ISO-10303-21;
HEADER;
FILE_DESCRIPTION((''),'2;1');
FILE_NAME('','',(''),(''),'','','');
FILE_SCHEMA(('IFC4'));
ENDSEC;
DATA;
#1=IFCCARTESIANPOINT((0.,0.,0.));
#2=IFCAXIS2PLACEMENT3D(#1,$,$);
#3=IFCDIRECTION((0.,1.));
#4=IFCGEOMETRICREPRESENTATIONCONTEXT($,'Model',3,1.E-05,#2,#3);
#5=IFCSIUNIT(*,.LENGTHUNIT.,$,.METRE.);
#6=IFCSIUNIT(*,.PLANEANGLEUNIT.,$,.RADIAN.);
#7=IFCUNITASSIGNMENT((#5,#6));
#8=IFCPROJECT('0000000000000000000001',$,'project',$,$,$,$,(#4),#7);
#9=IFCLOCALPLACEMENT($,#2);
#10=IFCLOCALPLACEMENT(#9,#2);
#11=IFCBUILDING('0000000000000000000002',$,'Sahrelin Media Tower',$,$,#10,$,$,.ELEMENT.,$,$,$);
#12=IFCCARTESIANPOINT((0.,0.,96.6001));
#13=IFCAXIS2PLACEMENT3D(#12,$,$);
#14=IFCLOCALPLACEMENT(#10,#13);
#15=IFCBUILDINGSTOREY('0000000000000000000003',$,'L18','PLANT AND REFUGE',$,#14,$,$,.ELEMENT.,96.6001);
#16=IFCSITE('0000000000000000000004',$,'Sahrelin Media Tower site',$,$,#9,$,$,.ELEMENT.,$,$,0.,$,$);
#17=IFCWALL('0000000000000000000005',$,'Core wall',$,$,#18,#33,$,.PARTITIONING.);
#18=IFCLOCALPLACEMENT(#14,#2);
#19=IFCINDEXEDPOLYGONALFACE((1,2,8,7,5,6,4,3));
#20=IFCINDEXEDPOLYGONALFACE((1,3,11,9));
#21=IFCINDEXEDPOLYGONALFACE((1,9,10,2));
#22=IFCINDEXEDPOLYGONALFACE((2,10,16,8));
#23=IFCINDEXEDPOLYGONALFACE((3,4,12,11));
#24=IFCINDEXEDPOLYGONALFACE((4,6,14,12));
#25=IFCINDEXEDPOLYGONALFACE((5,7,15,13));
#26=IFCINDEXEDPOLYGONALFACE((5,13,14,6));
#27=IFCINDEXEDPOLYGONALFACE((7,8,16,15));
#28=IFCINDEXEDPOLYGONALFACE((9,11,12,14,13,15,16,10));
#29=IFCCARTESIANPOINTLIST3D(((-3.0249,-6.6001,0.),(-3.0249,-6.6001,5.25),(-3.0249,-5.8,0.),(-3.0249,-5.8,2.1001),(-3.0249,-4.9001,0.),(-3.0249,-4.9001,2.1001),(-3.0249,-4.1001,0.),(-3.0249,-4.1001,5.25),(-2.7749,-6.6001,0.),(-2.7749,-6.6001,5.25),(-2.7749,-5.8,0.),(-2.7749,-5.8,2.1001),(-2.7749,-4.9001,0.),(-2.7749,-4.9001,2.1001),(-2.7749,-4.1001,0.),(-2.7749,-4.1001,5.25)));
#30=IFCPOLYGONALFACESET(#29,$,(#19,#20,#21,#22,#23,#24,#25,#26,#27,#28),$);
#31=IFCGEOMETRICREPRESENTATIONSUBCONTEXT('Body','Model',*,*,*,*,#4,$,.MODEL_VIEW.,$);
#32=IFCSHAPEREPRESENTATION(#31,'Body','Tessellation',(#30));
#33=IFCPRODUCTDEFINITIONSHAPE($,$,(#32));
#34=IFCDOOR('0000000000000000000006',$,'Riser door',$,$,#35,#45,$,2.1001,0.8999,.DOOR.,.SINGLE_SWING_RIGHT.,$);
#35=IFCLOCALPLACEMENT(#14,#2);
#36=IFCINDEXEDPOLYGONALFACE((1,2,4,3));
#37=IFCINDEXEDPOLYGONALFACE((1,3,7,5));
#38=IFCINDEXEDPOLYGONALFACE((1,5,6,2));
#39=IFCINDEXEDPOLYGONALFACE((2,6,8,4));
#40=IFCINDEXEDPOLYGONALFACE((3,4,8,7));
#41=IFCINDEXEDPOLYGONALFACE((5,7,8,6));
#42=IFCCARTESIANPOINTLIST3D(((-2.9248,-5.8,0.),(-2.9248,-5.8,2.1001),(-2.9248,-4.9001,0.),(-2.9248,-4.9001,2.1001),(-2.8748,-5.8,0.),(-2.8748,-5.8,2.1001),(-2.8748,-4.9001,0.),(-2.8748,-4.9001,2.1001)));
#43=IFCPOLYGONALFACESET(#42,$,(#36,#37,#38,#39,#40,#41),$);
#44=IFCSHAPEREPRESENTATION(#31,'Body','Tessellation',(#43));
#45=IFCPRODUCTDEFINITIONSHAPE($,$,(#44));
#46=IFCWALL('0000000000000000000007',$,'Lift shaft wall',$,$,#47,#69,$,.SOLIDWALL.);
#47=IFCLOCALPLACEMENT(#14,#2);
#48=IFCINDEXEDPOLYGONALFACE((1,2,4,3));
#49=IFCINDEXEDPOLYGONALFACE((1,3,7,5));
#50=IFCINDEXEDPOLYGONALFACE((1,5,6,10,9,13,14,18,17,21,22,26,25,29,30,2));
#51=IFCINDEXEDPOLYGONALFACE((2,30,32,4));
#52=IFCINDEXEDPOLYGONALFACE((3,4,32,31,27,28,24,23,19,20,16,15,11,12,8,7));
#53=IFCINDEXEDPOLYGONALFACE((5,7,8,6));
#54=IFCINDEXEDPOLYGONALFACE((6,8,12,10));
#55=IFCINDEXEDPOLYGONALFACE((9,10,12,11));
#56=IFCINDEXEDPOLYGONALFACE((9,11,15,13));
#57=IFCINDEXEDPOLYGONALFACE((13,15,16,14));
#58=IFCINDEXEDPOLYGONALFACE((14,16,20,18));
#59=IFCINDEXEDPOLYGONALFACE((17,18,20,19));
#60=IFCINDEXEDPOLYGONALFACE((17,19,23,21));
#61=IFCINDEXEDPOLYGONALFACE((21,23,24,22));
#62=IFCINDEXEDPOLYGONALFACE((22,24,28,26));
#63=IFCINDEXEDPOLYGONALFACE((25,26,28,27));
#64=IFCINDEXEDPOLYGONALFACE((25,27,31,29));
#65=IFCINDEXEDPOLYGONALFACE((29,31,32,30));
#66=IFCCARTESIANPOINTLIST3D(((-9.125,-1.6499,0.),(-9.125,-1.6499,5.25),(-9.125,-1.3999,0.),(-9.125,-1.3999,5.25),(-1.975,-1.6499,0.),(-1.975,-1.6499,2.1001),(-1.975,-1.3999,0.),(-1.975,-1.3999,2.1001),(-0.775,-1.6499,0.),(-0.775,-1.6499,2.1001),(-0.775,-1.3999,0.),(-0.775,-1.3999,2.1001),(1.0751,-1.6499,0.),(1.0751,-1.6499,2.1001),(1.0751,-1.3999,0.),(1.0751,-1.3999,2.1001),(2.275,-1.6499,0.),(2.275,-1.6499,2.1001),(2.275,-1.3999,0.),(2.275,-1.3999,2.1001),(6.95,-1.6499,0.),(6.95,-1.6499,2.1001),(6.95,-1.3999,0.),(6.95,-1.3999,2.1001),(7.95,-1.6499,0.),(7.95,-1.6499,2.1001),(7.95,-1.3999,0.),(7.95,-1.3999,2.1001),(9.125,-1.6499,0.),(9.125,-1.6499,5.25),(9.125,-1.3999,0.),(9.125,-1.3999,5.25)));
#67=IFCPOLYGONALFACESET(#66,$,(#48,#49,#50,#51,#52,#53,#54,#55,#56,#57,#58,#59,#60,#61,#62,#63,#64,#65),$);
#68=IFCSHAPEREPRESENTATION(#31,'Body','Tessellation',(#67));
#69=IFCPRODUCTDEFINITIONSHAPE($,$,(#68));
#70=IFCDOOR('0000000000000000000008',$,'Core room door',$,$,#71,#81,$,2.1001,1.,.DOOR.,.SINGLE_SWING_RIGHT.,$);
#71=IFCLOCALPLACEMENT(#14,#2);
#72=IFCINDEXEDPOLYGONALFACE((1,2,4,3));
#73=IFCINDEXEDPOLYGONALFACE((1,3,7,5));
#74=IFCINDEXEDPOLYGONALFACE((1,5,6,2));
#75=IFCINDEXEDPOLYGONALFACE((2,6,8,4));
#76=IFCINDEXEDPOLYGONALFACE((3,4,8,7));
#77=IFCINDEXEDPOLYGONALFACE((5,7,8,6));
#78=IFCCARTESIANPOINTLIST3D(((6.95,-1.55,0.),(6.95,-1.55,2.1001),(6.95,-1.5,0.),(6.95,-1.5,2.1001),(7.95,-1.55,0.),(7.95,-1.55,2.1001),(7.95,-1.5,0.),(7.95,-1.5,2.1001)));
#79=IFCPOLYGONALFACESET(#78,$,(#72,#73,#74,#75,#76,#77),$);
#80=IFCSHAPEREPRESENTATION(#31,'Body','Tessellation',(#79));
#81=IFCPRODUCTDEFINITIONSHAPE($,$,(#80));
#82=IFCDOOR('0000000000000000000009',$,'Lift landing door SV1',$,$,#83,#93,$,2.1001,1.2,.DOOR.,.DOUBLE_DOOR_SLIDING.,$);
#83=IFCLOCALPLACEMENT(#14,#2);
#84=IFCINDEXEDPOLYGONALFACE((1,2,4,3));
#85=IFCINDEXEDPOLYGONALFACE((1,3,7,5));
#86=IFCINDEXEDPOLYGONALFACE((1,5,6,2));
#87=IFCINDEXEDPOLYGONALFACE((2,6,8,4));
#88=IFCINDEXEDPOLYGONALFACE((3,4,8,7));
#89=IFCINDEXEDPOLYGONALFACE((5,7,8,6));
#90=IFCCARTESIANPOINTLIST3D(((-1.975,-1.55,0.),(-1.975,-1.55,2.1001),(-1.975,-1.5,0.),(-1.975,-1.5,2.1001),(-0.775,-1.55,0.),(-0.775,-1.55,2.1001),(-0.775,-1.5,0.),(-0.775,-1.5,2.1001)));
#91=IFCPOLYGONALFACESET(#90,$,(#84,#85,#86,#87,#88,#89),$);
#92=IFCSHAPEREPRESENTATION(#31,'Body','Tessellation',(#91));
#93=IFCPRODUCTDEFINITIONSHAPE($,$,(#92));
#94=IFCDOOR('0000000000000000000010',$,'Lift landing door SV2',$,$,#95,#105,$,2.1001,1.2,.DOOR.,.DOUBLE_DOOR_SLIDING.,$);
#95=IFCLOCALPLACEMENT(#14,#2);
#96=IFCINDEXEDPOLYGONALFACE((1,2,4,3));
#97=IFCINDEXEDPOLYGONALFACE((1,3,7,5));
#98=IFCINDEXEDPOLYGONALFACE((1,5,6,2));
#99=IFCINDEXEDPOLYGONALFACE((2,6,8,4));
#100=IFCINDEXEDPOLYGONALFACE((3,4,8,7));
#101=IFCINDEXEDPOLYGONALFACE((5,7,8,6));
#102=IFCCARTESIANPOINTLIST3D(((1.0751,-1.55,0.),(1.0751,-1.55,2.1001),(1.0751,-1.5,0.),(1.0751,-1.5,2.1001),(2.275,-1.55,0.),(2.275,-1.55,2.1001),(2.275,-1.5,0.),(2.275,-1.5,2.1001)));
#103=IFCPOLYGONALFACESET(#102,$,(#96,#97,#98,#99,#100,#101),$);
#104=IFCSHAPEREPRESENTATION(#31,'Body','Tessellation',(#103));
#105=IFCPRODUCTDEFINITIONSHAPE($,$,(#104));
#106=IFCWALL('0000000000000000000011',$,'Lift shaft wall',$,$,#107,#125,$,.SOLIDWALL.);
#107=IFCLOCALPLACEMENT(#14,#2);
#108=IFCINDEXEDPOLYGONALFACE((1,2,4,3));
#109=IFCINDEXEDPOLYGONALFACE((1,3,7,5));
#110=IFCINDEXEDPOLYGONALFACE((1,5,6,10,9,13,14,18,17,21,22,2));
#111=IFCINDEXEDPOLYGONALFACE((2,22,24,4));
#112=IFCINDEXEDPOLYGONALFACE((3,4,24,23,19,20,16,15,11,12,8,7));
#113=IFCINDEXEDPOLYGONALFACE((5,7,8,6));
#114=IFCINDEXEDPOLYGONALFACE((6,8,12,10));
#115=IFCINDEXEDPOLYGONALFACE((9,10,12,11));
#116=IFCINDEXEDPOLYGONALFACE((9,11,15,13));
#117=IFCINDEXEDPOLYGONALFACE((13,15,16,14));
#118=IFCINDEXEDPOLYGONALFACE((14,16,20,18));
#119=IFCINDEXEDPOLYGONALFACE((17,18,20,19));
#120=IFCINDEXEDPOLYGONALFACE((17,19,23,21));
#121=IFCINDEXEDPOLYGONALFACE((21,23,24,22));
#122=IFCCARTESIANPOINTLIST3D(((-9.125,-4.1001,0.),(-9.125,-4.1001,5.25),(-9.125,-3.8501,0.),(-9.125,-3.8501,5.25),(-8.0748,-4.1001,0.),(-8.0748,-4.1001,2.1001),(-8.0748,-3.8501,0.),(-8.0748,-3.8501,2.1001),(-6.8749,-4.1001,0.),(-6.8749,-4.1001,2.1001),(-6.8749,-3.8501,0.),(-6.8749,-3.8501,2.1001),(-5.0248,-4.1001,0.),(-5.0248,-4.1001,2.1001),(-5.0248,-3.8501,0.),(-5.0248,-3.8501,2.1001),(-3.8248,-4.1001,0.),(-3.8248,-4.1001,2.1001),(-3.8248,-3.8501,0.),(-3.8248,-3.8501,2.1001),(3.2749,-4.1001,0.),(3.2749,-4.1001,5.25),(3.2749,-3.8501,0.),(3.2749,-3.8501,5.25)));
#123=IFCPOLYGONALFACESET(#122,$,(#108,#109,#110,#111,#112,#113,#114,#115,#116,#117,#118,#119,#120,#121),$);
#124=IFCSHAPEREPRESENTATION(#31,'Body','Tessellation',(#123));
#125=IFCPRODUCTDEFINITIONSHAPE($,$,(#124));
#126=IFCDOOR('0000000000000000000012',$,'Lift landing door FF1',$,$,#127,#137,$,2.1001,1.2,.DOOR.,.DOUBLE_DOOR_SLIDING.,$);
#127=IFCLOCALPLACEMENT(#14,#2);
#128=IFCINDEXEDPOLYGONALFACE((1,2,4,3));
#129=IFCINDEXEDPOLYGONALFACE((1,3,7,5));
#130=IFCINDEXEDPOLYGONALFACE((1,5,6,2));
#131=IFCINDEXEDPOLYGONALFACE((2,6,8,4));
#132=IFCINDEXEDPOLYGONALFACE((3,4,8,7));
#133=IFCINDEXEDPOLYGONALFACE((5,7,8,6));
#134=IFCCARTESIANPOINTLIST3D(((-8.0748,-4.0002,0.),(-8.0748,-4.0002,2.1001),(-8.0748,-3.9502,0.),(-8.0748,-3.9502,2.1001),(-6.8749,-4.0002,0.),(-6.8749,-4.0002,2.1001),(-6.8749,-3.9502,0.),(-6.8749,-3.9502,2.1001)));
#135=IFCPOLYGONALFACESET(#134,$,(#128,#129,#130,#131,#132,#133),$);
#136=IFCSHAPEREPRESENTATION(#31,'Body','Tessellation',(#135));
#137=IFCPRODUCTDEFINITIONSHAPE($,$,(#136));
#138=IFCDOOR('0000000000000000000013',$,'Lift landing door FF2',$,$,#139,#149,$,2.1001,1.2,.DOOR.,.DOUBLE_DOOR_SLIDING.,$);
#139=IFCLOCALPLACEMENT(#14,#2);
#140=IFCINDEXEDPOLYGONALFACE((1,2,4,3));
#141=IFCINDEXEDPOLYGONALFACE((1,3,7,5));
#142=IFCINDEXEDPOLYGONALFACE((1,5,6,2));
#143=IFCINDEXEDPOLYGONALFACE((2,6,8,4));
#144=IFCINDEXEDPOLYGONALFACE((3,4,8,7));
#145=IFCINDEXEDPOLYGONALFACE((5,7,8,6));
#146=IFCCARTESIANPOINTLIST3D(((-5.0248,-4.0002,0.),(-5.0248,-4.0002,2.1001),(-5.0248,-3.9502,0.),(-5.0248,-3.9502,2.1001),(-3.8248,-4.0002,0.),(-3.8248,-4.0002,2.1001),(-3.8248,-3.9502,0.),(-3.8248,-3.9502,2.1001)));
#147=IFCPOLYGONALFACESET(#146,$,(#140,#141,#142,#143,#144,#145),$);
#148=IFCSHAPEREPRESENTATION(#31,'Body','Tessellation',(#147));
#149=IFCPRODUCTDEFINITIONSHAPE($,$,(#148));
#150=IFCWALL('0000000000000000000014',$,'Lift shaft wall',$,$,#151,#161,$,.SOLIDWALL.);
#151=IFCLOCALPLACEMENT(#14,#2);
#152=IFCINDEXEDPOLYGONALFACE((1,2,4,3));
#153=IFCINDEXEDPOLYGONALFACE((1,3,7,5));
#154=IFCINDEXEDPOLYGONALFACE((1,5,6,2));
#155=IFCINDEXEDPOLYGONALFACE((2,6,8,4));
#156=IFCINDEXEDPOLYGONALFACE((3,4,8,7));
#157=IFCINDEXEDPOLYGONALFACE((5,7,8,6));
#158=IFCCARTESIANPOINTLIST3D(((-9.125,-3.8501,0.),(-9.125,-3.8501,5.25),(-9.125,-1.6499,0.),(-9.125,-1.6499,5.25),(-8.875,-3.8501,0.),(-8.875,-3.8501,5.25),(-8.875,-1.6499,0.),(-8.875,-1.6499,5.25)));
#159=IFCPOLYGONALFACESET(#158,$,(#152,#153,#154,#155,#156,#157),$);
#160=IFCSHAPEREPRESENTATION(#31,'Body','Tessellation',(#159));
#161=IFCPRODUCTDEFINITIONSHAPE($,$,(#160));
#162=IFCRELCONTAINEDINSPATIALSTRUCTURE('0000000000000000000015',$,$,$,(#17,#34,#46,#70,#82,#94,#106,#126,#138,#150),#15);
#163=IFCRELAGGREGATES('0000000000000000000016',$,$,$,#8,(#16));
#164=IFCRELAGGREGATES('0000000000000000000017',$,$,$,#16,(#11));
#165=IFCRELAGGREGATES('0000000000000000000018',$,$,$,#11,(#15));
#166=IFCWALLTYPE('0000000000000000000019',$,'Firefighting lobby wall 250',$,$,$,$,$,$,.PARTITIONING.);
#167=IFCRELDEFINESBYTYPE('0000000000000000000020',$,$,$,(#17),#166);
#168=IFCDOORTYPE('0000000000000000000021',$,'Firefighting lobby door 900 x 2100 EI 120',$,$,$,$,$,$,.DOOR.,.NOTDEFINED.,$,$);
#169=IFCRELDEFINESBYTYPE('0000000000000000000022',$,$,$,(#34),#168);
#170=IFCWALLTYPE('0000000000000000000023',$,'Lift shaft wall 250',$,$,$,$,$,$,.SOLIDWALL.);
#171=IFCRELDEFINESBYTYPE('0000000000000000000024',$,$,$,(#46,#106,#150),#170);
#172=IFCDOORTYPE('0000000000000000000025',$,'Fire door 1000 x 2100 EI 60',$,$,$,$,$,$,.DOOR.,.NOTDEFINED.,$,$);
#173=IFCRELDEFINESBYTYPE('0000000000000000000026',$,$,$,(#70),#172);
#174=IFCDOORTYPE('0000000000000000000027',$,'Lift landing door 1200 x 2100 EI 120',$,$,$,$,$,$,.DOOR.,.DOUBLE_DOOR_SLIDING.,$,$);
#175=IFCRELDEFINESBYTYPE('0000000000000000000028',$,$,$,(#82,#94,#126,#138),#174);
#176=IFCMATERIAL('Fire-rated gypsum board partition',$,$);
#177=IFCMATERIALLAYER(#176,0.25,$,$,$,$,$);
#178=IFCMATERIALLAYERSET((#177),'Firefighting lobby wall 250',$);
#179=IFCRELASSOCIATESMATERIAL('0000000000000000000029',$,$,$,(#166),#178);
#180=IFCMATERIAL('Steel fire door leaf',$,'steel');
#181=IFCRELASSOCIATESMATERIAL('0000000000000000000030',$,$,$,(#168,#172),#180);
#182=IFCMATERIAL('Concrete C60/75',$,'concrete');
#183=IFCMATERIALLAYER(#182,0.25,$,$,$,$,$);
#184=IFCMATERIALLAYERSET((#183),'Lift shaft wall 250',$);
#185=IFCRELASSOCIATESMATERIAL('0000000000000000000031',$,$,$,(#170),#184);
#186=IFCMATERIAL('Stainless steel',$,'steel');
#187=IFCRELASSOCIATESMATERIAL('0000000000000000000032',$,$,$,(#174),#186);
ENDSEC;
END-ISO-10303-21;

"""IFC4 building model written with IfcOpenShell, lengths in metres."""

from ifc_helpers import new_model, si_unit, direction, frame, frame_2d, origin, place, context, subcontext, project, spatial, rectangle, extrude, material, layer, layer_set, type_object, element, fill, save


model = new_model("IFC4")

# Units and contexts
model_context = context("Model", 3, precision=1e-05, world=origin(), true_north=direction((0.0, 1.0)))
body_context = subcontext(model_context, "Body", "Model", "MODEL_VIEW")
ifc_project = project(units=[si_unit("LENGTHUNIT", "METRE"), si_unit("PLANEANGLEUNIT", "RADIAN")], contexts=[model_context])

# Site, building, storey
site_placement = place(None, origin())
site = spatial("IfcSite", under=ifc_project, at=site_placement, Name="Sahrelin Media Tower site", CompositionType="ELEMENT", RefElevation=0.0)
building_placement = place(site_placement, origin())
building = spatial("IfcBuilding", under=site, at=building_placement, Name="Sahrelin Media Tower", CompositionType="ELEMENT")
storey_placement = place(building_placement, frame((0.0, 0.0, 96.6001)))
storey = spatial("IfcBuildingStorey", under=building, at=storey_placement, Name="L18", Description="PLANT AND REFUGE", CompositionType="ELEMENT", Elevation=96.6001)

# Shared definitions
ifc_material_1 = material(Name="Concrete C60/75", Category="concrete")
ifc_material_2 = material(Name="Steel fire door leaf", Category="steel")

# Wall, opening, door
ifc_material_3 = material(Name="Fire-rated gypsum board partition")
ifc_layer_1 = layer(ifc_material_3, 0.25)
ifc_layer_set_1 = layer_set([ifc_layer_1], Name="Firefighting lobby wall 250")
wall_type_1 = type_object("IfcWallType", Name="Firefighting lobby wall 250", PredefinedType="PARTITIONING", material=ifc_layer_set_1)
wall_1_placement = place(storey_placement, frame((-2.8999, -6.6001, 0.0), z_axis=(0.0, 0.0, 1.0), x_axis=(0.0, 1.0, 0.0)))
wall_1 = element("IfcWall", 1, at=wall_1_placement, inside=storey, type_object=wall_type_1, Name="Core wall", PredefinedType="PARTITIONING", context=body_context, shape_type="SweptSolid", body=[
    extrude(rectangle(XDim=2.5, YDim=0.25, at=frame_2d((1.25, 0.0))), origin(), (0.0, 0.0, 1.0), 5.25),
])
opening_1_placement = place(wall_1_placement, frame((0.8, 0.0, 0.0)))
opening_1 = element("IfcOpeningElement", 2, at=opening_1_placement, cuts=wall_1, PredefinedType="OPENING", context=body_context, shape_type="SweptSolid", body=[
    extrude(rectangle(XDim=0.8999, YDim=2.1001, at=frame_2d((0.45, 1.05))), frame((0.0, 0.125, 0.0), z_axis=(0.0, -1.0, 0.0), x_axis=(1.0, 0.0, 0.0)), (0.0, 0.0, 1.0), 0.25),
])
door_type_1 = type_object("IfcDoorType", Name="Firefighting lobby door 900 x 2100 EI 120", OperationType="NOTDEFINED", PredefinedType="DOOR", material=ifc_material_2)
door_1_placement = place(opening_1_placement, origin())
door_1 = element("IfcDoor", 3, at=door_1_placement, inside=storey, type_object=door_type_1, Name="Riser door", OperationType="SINGLE_SWING_RIGHT", OverallHeight=2.1001, OverallWidth=0.8999, PredefinedType="DOOR", context=body_context, shape_type="SweptSolid", body=[
    extrude(rectangle(XDim=0.8999, YDim=2.1001, at=frame_2d((0.45, 1.05))), frame((0.0, 0.0249, 0.0), z_axis=(0.0, -1.0, 0.0), x_axis=(1.0, 0.0, 0.0)), (0.0, 0.0, 1.0), 0.05),
])
fill(opening_1, door_1)

# Walls, openings, doors
ifc_layer_2 = layer(ifc_material_1, 0.25)
ifc_layer_set_2 = layer_set([ifc_layer_2], Name="Lift shaft wall 250")
wall_type_2 = type_object("IfcWallType", Name="Lift shaft wall 250", PredefinedType="SOLIDWALL", material=ifc_layer_set_2)
wall_2_placement = place(storey_placement, frame((-9.125, -1.5249, 0.0), z_axis=(0.0, 0.0, 1.0), x_axis=(1.0, 0.0, 0.0)))
wall_2 = element("IfcWall", 4, at=wall_2_placement, inside=storey, type_object=wall_type_2, Name="Lift shaft wall", PredefinedType="SOLIDWALL", context=body_context, shape_type="SweptSolid", body=[
    extrude(rectangle(XDim=18.25, YDim=0.25, at=frame_2d((9.125, 0.0))), origin(), (0.0, 0.0, 1.0), 5.25),
])
opening_2_placement = place(wall_2_placement, frame((7.1499, 0.0, 0.0)))
opening_2 = element("IfcOpeningElement", 5, at=opening_2_placement, cuts=wall_2, PredefinedType="OPENING", context=body_context, shape_type="SweptSolid", body=[
    extrude(rectangle(XDim=1.2, YDim=2.1001, at=frame_2d((0.6001, 1.05))), frame((0.0, 0.125, 0.0), z_axis=(0.0, -1.0, 0.0), x_axis=(1.0, 0.0, 0.0)), (0.0, 0.0, 1.0), 0.25),
])
opening_3_placement = place(wall_2_placement, frame((10.2, 0.0, 0.0)))
opening_3 = element("IfcOpeningElement", 6, at=opening_3_placement, cuts=wall_2, PredefinedType="OPENING", context=body_context, shape_type="SweptSolid", body=[
    extrude(rectangle(XDim=1.2, YDim=2.1001, at=frame_2d((0.6001, 1.05))), frame((0.0, 0.125, 0.0), z_axis=(0.0, -1.0, 0.0), x_axis=(1.0, 0.0, 0.0)), (0.0, 0.0, 1.0), 0.25),
])
opening_4_placement = place(wall_2_placement, frame((16.075, 0.0, 0.0)))
opening_4 = element("IfcOpeningElement", 7, at=opening_4_placement, cuts=wall_2, PredefinedType="OPENING", context=body_context, shape_type="SweptSolid", body=[
    extrude(rectangle(XDim=1.0, YDim=2.1001, at=frame_2d((0.5, 1.05))), frame((0.0, 0.125, 0.0), z_axis=(0.0, -1.0, 0.0), x_axis=(1.0, 0.0, 0.0)), (0.0, 0.0, 1.0), 0.25),
])
door_type_2 = type_object("IfcDoorType", Name="Fire door 1000 x 2100 EI 60", OperationType="NOTDEFINED", PredefinedType="DOOR", material=ifc_material_2)
door_2_placement = place(opening_4_placement, origin())
door_2 = element("IfcDoor", 8, at=door_2_placement, inside=storey, type_object=door_type_2, Name="Core room door", OperationType="SINGLE_SWING_RIGHT", OverallHeight=2.1001, OverallWidth=1.0, PredefinedType="DOOR", context=body_context, shape_type="SweptSolid", body=[
    extrude(rectangle(XDim=1.0, YDim=2.1001, at=frame_2d((0.5, 1.05))), frame((0.0, 0.0249, 0.0), z_axis=(0.0, -1.0, 0.0), x_axis=(1.0, 0.0, 0.0)), (0.0, 0.0, 1.0), 0.05),
])
fill(opening_4, door_2)
ifc_material_4 = material(Name="Stainless steel", Category="steel")
door_type_3 = type_object("IfcDoorType", Name="Lift landing door 1200 x 2100 EI 120", OperationType="DOUBLE_DOOR_SLIDING", PredefinedType="DOOR", material=ifc_material_4)
door_3_placement = place(opening_2_placement, origin())
door_3 = element("IfcDoor", 9, at=door_3_placement, inside=storey, type_object=door_type_3, Name="Lift landing door SV1", OperationType="DOUBLE_DOOR_SLIDING", OverallHeight=2.1001, OverallWidth=1.2, PredefinedType="DOOR", context=body_context, shape_type="SweptSolid", body=[
    extrude(rectangle(XDim=1.2, YDim=2.1001, at=frame_2d((0.6001, 1.05))), frame((0.0, 0.0249, 0.0), z_axis=(0.0, -1.0, 0.0), x_axis=(1.0, 0.0, 0.0)), (0.0, 0.0, 1.0), 0.05),
])
fill(opening_2, door_3)
door_4_placement = place(opening_3_placement, origin())
door_4 = element("IfcDoor", 10, at=door_4_placement, inside=storey, type_object=door_type_3, Name="Lift landing door SV2", OperationType="DOUBLE_DOOR_SLIDING", OverallHeight=2.1001, OverallWidth=1.2, PredefinedType="DOOR", context=body_context, shape_type="SweptSolid", body=[
    extrude(rectangle(XDim=1.2, YDim=2.1001, at=frame_2d((0.6001, 1.05))), frame((0.0, 0.0249, 0.0), z_axis=(0.0, -1.0, 0.0), x_axis=(1.0, 0.0, 0.0)), (0.0, 0.0, 1.0), 0.05),
])
fill(opening_3, door_4)
wall_3_placement = place(storey_placement, frame((-9.125, -3.9751, 0.0), z_axis=(0.0, 0.0, 1.0), x_axis=(1.0, 0.0, 0.0)))
wall_3 = element("IfcWall", 11, at=wall_3_placement, inside=storey, type_object=wall_type_2, Name="Lift shaft wall", PredefinedType="SOLIDWALL", context=body_context, shape_type="SweptSolid", body=[
    extrude(rectangle(XDim=12.3999, YDim=0.25, at=frame_2d((6.2, 0.0))), origin(), (0.0, 0.0, 1.0), 5.25),
])
opening_5_placement = place(wall_3_placement, frame((1.05, 0.0, 0.0)))
opening_5 = element("IfcOpeningElement", 12, at=opening_5_placement, cuts=wall_3, PredefinedType="OPENING", context=body_context, shape_type="SweptSolid", body=[
    extrude(rectangle(XDim=1.2, YDim=2.1001, at=frame_2d((0.6001, 1.05))), frame((0.0, 0.125, 0.0), z_axis=(0.0, -1.0, 0.0), x_axis=(1.0, 0.0, 0.0)), (0.0, 0.0, 1.0), 0.25),
])
opening_6_placement = place(wall_3_placement, frame((4.1001, 0.0, 0.0)))
opening_6 = element("IfcOpeningElement", 13, at=opening_6_placement, cuts=wall_3, PredefinedType="OPENING", context=body_context, shape_type="SweptSolid", body=[
    extrude(rectangle(XDim=1.2, YDim=2.1001, at=frame_2d((0.6001, 1.05))), frame((0.0, 0.125, 0.0), z_axis=(0.0, -1.0, 0.0), x_axis=(1.0, 0.0, 0.0)), (0.0, 0.0, 1.0), 0.25),
])
door_5_placement = place(opening_5_placement, origin())
door_5 = element("IfcDoor", 14, at=door_5_placement, inside=storey, type_object=door_type_3, Name="Lift landing door FF1", OperationType="DOUBLE_DOOR_SLIDING", OverallHeight=2.1001, OverallWidth=1.2, PredefinedType="DOOR", context=body_context, shape_type="SweptSolid", body=[
    extrude(rectangle(XDim=1.2, YDim=2.1001, at=frame_2d((0.6001, 1.05))), frame((0.0, 0.0249, 0.0), z_axis=(0.0, -1.0, 0.0), x_axis=(1.0, 0.0, 0.0)), (0.0, 0.0, 1.0), 0.05),
])
fill(opening_5, door_5)
door_6_placement = place(opening_6_placement, origin())
door_6 = element("IfcDoor", 15, at=door_6_placement, inside=storey, type_object=door_type_3, Name="Lift landing door FF2", OperationType="DOUBLE_DOOR_SLIDING", OverallHeight=2.1001, OverallWidth=1.2, PredefinedType="DOOR", context=body_context, shape_type="SweptSolid", body=[
    extrude(rectangle(XDim=1.2, YDim=2.1001, at=frame_2d((0.6001, 1.05))), frame((0.0, 0.0249, 0.0), z_axis=(0.0, -1.0, 0.0), x_axis=(1.0, 0.0, 0.0)), (0.0, 0.0, 1.0), 0.05),
])
fill(opening_6, door_6)

# Wall
for number, where, z_axis, x_axis, name in (
    (16, (-9.0, -3.8501, 0.0), (0.0, 0.0, 1.0), (0.0, 1.0, 0.0), "Lift shaft wall"),
):
    element("IfcWall", number, at=place(storey_placement, frame(where, z_axis=z_axis, x_axis=x_axis)), inside=storey, type_object=wall_type_2, Name=name, PredefinedType="SOLIDWALL", context=body_context, shape_type="SweptSolid", body=[
        extrude(rectangle(XDim=2.2002, YDim=0.25, at=frame_2d((1.1001, 0.0))), origin(), (0.0, 0.0, 1.0), 5.25),
    ])

save(model, "model.ifc")
